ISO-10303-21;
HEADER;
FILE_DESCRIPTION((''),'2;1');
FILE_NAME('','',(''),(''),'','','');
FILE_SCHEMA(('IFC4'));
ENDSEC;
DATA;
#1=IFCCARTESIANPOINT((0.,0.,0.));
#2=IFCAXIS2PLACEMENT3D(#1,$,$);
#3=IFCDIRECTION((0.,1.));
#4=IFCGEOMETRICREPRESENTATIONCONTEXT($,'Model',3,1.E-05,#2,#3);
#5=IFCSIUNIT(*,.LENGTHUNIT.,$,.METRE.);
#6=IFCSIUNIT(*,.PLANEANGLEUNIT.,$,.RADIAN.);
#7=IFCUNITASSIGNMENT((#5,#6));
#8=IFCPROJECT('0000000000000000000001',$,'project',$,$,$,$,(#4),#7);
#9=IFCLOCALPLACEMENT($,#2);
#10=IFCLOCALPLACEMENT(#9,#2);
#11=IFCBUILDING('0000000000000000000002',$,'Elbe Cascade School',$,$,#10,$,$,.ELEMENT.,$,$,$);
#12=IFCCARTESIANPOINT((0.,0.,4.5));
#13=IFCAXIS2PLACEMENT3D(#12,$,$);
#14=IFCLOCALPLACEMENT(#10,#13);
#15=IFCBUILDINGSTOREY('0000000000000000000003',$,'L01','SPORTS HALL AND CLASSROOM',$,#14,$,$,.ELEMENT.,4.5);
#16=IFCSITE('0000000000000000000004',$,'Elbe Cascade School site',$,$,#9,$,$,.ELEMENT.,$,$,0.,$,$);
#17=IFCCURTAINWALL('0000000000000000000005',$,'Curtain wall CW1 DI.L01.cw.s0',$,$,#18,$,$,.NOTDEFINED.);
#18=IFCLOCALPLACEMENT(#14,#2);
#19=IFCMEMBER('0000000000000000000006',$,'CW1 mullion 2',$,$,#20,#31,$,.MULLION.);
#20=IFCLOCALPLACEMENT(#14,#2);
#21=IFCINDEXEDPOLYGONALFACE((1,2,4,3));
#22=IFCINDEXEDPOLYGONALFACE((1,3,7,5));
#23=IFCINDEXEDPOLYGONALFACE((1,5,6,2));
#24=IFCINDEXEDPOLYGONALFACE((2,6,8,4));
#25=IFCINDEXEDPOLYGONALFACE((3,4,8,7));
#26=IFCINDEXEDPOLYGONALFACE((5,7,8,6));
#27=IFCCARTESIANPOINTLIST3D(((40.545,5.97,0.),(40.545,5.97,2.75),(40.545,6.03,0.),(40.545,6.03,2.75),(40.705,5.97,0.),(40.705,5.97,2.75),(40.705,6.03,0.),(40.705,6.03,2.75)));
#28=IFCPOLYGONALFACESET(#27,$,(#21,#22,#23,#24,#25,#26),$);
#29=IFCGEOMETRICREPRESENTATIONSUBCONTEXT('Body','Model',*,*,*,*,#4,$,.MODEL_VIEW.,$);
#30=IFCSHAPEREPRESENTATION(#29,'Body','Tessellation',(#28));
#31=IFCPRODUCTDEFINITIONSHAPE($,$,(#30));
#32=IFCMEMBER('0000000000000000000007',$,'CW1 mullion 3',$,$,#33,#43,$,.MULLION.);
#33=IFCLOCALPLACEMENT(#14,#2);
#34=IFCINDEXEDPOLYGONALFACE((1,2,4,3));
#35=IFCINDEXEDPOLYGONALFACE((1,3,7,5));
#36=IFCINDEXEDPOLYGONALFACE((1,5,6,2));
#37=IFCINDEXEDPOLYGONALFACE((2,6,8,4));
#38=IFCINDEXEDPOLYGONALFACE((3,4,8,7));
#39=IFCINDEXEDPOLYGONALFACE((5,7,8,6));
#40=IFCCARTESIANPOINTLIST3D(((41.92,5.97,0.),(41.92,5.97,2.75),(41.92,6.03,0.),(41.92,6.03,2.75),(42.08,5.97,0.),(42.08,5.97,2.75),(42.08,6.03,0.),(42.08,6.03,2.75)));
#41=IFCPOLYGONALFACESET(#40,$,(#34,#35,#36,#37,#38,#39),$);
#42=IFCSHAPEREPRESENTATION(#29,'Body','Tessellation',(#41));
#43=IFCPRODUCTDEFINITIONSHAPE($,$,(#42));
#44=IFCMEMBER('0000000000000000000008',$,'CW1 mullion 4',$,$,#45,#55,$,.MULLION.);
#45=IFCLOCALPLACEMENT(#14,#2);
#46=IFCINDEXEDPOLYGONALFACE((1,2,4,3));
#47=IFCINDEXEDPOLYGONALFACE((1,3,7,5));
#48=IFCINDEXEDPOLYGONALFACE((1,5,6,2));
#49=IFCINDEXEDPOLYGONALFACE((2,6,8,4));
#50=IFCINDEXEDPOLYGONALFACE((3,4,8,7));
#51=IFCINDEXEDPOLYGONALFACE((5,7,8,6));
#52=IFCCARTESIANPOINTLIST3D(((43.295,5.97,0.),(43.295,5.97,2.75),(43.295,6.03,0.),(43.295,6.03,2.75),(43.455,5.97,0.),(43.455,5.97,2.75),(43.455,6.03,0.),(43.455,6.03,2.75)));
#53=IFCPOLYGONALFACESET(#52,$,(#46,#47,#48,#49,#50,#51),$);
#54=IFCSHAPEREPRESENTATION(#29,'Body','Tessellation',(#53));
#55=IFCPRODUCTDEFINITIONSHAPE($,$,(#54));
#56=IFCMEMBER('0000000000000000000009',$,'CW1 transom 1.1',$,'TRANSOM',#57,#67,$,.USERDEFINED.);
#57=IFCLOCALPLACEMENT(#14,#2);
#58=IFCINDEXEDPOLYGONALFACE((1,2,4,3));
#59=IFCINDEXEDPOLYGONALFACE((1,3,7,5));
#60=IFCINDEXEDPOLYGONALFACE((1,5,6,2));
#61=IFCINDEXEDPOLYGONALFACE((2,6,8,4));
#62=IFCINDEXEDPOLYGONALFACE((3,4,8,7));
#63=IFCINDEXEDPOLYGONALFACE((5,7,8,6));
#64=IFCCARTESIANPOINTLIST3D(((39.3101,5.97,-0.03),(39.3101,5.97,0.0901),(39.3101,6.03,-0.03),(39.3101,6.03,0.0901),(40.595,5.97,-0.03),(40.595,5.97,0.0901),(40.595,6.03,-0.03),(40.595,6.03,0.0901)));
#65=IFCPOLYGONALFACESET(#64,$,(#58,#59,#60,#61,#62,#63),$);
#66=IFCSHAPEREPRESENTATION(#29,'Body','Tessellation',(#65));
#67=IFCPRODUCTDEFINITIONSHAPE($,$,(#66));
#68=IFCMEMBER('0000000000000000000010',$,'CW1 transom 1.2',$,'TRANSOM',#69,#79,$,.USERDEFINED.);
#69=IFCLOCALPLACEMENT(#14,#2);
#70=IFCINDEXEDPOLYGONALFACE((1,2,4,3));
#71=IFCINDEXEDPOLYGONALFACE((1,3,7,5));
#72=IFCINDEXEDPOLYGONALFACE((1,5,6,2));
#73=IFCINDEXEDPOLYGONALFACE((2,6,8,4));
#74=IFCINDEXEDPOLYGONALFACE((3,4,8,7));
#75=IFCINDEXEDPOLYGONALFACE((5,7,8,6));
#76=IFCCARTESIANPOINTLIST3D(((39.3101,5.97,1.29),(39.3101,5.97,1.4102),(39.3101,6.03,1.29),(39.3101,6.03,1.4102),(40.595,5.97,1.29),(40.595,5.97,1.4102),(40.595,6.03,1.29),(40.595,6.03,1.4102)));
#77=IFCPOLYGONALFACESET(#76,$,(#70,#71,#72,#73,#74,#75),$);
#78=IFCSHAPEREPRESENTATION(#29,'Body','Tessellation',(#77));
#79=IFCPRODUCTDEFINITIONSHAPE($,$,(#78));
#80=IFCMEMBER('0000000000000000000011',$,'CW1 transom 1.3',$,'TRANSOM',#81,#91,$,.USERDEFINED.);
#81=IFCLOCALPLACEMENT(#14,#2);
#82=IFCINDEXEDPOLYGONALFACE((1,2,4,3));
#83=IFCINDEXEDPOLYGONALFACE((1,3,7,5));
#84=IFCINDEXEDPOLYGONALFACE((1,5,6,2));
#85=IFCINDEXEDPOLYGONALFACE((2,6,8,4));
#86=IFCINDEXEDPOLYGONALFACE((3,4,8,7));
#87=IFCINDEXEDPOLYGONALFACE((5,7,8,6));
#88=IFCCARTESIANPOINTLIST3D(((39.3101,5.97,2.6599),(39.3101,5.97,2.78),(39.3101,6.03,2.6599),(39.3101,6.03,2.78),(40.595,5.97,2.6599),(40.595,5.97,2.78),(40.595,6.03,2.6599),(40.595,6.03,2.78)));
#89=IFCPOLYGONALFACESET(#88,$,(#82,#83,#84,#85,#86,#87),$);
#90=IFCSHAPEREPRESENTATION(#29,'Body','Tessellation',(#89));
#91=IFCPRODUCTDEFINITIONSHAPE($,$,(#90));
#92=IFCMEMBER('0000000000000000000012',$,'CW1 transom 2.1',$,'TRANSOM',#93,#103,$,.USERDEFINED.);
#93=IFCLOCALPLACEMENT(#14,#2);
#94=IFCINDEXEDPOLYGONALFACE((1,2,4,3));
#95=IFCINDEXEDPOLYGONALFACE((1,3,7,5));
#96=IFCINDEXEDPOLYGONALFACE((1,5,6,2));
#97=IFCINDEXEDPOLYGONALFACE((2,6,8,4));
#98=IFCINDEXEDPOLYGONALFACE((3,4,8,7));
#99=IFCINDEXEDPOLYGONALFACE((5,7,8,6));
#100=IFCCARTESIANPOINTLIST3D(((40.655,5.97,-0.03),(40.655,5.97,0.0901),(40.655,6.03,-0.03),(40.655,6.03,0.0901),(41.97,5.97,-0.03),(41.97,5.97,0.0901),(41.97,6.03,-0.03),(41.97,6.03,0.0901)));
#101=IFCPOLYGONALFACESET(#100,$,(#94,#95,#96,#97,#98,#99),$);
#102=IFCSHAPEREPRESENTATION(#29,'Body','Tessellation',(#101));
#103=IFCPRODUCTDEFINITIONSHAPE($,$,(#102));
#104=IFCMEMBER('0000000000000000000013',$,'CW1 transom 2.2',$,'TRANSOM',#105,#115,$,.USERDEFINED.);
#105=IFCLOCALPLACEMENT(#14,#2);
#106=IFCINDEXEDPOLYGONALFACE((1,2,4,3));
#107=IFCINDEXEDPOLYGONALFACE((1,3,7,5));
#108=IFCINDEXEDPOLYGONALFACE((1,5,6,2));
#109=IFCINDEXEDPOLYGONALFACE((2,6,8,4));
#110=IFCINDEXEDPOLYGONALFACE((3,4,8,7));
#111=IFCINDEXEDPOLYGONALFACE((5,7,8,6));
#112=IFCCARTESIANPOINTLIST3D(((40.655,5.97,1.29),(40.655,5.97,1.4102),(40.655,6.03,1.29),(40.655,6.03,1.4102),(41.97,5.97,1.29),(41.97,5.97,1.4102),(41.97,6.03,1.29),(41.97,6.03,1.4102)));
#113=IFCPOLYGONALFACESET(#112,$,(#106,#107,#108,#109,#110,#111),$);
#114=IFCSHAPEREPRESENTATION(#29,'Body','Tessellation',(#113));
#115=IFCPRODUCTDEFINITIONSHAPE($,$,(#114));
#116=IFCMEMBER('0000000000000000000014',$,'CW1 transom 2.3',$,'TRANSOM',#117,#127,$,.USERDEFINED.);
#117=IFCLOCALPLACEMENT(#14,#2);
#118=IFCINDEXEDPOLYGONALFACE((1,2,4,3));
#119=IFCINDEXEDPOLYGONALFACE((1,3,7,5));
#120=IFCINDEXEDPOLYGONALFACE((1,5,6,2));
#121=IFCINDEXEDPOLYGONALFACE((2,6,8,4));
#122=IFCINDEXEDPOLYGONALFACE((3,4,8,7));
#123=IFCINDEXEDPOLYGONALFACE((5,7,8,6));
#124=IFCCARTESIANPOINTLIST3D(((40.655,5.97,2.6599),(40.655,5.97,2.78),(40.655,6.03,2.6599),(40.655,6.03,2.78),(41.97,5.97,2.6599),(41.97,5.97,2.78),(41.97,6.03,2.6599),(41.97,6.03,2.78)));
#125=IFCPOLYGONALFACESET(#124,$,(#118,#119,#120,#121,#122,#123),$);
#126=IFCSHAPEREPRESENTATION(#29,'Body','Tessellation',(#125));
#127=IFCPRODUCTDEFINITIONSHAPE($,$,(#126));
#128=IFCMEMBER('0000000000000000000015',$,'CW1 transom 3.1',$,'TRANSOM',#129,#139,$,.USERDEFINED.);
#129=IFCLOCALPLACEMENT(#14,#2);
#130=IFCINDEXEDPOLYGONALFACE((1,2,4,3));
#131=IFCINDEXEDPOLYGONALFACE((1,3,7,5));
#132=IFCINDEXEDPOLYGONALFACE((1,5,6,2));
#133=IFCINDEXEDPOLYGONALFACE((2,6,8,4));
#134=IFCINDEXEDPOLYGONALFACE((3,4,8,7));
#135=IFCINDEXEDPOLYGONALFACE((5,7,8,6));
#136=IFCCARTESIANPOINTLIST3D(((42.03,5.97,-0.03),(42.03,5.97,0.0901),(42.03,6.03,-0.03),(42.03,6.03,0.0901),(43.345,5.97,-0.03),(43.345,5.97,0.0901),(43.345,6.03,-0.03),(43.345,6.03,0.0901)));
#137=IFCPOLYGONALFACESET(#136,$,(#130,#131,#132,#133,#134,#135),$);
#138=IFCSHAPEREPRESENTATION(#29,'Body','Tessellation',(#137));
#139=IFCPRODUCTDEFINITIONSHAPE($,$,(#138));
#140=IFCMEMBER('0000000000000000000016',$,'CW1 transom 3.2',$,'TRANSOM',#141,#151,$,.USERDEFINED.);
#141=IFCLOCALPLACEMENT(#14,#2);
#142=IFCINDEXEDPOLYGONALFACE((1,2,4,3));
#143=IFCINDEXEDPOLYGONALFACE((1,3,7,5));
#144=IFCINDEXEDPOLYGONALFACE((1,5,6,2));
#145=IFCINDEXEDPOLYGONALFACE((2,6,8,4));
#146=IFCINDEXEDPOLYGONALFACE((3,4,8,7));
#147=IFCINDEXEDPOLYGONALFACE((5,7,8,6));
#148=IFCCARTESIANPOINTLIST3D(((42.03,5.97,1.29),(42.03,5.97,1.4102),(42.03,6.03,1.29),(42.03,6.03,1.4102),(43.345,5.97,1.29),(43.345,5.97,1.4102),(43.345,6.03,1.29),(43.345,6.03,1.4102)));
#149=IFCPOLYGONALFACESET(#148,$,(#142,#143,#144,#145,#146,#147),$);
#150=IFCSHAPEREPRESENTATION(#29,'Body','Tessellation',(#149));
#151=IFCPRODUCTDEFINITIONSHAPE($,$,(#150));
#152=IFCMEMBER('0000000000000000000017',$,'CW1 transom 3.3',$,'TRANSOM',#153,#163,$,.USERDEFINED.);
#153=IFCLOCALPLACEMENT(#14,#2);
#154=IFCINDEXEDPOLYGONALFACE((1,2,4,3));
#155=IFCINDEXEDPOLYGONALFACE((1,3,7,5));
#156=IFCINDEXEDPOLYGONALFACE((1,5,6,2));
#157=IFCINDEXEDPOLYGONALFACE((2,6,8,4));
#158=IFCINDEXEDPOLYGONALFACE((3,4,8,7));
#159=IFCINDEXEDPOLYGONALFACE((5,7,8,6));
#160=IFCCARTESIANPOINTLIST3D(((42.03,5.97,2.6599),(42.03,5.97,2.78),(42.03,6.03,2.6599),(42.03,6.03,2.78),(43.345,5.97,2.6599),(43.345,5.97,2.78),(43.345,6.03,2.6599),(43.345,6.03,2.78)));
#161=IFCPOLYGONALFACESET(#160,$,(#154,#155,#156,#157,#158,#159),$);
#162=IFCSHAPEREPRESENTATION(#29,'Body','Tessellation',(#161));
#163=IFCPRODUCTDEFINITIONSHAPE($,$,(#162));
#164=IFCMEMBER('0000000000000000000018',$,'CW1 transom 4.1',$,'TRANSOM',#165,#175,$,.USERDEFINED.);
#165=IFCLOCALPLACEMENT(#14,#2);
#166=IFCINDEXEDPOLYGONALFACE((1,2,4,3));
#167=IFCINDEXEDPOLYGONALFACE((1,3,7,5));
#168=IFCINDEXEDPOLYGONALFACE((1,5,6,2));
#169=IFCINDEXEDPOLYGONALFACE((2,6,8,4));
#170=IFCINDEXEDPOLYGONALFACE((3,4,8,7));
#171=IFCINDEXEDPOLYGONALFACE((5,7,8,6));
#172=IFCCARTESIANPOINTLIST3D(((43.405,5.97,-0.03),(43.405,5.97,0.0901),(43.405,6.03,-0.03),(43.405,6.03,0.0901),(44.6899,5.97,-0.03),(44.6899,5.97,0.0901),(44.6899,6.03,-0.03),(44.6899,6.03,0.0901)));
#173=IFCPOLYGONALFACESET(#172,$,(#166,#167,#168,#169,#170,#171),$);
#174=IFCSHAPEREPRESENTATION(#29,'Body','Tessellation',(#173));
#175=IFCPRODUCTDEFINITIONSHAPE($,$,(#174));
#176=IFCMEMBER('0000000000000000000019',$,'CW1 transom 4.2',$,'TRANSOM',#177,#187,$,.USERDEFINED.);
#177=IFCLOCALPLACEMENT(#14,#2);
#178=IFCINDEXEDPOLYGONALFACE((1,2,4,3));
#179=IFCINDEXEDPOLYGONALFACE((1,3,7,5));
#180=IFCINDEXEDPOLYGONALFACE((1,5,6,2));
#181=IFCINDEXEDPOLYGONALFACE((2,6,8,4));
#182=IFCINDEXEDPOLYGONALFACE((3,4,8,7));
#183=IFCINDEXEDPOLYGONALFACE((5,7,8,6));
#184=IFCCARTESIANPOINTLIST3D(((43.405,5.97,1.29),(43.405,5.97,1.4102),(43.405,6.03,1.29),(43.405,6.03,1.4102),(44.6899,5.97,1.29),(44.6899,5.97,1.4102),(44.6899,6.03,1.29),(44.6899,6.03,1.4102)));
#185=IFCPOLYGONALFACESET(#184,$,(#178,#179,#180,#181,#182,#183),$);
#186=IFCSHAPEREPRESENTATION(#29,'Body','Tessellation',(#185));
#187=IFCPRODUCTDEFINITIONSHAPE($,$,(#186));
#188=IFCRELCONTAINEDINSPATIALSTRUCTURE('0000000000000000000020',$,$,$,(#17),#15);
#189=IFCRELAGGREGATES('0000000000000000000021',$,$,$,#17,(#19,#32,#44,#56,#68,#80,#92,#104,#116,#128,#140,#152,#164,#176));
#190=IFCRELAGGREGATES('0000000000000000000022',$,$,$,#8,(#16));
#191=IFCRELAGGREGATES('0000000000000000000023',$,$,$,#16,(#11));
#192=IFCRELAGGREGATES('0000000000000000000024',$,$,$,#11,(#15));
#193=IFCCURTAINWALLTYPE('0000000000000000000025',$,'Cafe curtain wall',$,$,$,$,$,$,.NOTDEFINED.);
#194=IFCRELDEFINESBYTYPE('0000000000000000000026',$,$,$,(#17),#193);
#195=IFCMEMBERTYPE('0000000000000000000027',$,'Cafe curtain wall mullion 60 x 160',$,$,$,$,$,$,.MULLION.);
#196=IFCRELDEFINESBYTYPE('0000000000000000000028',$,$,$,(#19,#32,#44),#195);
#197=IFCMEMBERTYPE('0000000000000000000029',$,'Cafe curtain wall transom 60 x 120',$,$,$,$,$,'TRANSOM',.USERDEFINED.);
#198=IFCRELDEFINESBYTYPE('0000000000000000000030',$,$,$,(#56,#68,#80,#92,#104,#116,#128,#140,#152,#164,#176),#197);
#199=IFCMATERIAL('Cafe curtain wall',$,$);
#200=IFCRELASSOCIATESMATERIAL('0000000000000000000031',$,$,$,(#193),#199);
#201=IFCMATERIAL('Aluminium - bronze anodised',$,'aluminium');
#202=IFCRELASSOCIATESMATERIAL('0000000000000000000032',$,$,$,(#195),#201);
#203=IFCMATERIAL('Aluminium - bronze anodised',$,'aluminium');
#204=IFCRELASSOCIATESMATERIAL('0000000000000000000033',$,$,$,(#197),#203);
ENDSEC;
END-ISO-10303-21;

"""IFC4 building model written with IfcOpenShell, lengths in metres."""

from ifc_helpers import new_model, si_unit, direction, frame, origin, origin_2d, place, context, subcontext, project, spatial, rectangle, extrude, material, material_profile, profile_set, type_object, element, aggregate, save


model = new_model("IFC4")

# Units and contexts
model_context = context("Model", 3, precision=1e-05, world=origin(), true_north=direction((0.0, 1.0)))
body_context = subcontext(model_context, "Body", "Model", "MODEL_VIEW")
ifc_project = project(units=[si_unit("LENGTHUNIT", "METRE"), si_unit("PLANEANGLEUNIT", "RADIAN")], contexts=[model_context])

# Site, building, storey
site_placement = place(None, origin())
site = spatial("IfcSite", under=ifc_project, at=site_placement, Name="Elbe Cascade School site", CompositionType="ELEMENT", RefElevation=0.0)
building_placement = place(site_placement, origin())
building = spatial("IfcBuilding", under=site, at=building_placement, Name="Elbe Cascade School", CompositionType="ELEMENT")
storey_placement = place(building_placement, frame((0.0, 0.0, 4.5)))
storey = spatial("IfcBuildingStorey", under=building, at=storey_placement, Name="L01", Description="SPORTS HALL AND CLASSROOM", CompositionType="ELEMENT", Elevation=4.5)

# Curtain wall, members
ifc_material_1 = material(Name="Cafe curtain wall")
curtain_wall_type = type_object("IfcCurtainWallType", Name="Cafe curtain wall", PredefinedType="NOTDEFINED", material=ifc_material_1)
curtain_wall_placement = place(storey_placement, origin())
curtain_wall = element("IfcCurtainWall", 1, at=curtain_wall_placement, inside=storey, type_object=curtain_wall_type, Name="Curtain wall CW1 DI.L01.cw.s0", PredefinedType="NOTDEFINED")
ifc_material_2 = material(Name="Aluminium - bronze anodised", Category="aluminium")
ifc_material_profile_1 = material_profile(ifc_material_2, rectangle(XDim=0.0601, YDim=0.1599, at=origin_2d()), Name="RECT 60x160")
ifc_profile_set_1 = profile_set([ifc_material_profile_1], Name="Aluminium - bronze anodised")
member_type_1 = type_object("IfcMemberType", Name="Cafe curtain wall mullion 60 x 160", PredefinedType="MULLION", material=ifc_profile_set_1)
member_1_placement = place(storey_placement, frame((40.625, 6.0, 0.0), z_axis=(0.0, 0.0, 1.0), x_axis=(0.0, 1.0, 0.0)))
member_1 = element("IfcMember", 2, at=member_1_placement, type_object=member_type_1, Name="CW1 mullion 2", PredefinedType="MULLION", context=body_context, shape_type="SweptSolid", body=[
    extrude(rectangle(XDim=0.0601, YDim=0.1599, at=origin_2d()), origin(), (0.0, 0.0, 1.0), 2.75),
])
member_2_placement = place(storey_placement, frame((42.0, 6.0, 0.0), z_axis=(0.0, 0.0, 1.0), x_axis=(0.0, 1.0, 0.0)))
member_2 = element("IfcMember", 3, at=member_2_placement, type_object=member_type_1, Name="CW1 mullion 3", PredefinedType="MULLION", context=body_context, shape_type="SweptSolid", body=[
    extrude(rectangle(XDim=0.0601, YDim=0.1599, at=origin_2d()), origin(), (0.0, 0.0, 1.0), 2.75),
])
member_3_placement = place(storey_placement, frame((43.375, 6.0, 0.0), z_axis=(0.0, 0.0, 1.0), x_axis=(0.0, 1.0, 0.0)))
member_3 = element("IfcMember", 4, at=member_3_placement, type_object=member_type_1, Name="CW1 mullion 4", PredefinedType="MULLION", context=body_context, shape_type="SweptSolid", body=[
    extrude(rectangle(XDim=0.0601, YDim=0.1599, at=origin_2d()), origin(), (0.0, 0.0, 1.0), 2.75),
])
ifc_material_3 = material(Name="Aluminium - bronze anodised", Category="aluminium")
ifc_material_profile_2 = material_profile(ifc_material_3, rectangle(XDim=0.0601, YDim=0.1201, at=origin_2d()), Name="RECT 60x120")
ifc_profile_set_2 = profile_set([ifc_material_profile_2], Name="Aluminium - bronze anodised")
member_type_2 = type_object("IfcMemberType", Name="Cafe curtain wall transom 60 x 120", ElementType="TRANSOM", PredefinedType="USERDEFINED", material=ifc_profile_set_2)
member_4_placement = place(storey_placement, frame((39.3101, 6.0, 0.03), z_axis=(1.0, 0.0, 0.0), x_axis=(0.0, 1.0, 0.0)))
member_4 = element("IfcMember", 5, at=member_4_placement, type_object=member_type_2, Name="CW1 transom 1.1", ObjectType="TRANSOM", PredefinedType="USERDEFINED", context=body_context, shape_type="SweptSolid", body=[
    extrude(rectangle(XDim=0.0601, YDim=0.1201, at=origin_2d()), origin(), (0.0, 0.0, 1.0), 1.2849),
])
member_5_placement = place(storey_placement, frame((39.3101, 6.0, 1.3501), z_axis=(1.0, 0.0, 0.0), x_axis=(0.0, 1.0, 0.0)))
member_5 = element("IfcMember", 6, at=member_5_placement, type_object=member_type_2, Name="CW1 transom 1.2", ObjectType="TRANSOM", PredefinedType="USERDEFINED", context=body_context, shape_type="SweptSolid", body=[
    extrude(rectangle(XDim=0.0601, YDim=0.1201, at=origin_2d()), origin(), (0.0, 0.0, 1.0), 1.2849),
])
member_6_placement = place(storey_placement, frame((39.3101, 6.0, 2.72), z_axis=(1.0, 0.0, 0.0), x_axis=(0.0, 1.0, 0.0)))
member_6 = element("IfcMember", 7, at=member_6_placement, type_object=member_type_2, Name="CW1 transom 1.3", ObjectType="TRANSOM", PredefinedType="USERDEFINED", context=body_context, shape_type="SweptSolid", body=[
    extrude(rectangle(XDim=0.0601, YDim=0.1201, at=origin_2d()), origin(), (0.0, 0.0, 1.0), 1.2849),
])
member_7_placement = place(storey_placement, frame((40.655, 6.0, 0.03), z_axis=(1.0, 0.0, 0.0), x_axis=(0.0, 1.0, 0.0)))
member_7 = element("IfcMember", 8, at=member_7_placement, type_object=member_type_2, Name="CW1 transom 2.1", ObjectType="TRANSOM", PredefinedType="USERDEFINED", context=body_context, shape_type="SweptSolid", body=[
    extrude(rectangle(XDim=0.0601, YDim=0.1201, at=origin_2d()), origin(), (0.0, 0.0, 1.0), 1.3149),
])
member_8_placement = place(storey_placement, frame((40.655, 6.0, 1.3501), z_axis=(1.0, 0.0, 0.0), x_axis=(0.0, 1.0, 0.0)))
member_8 = element("IfcMember", 9, at=member_8_placement, type_object=member_type_2, Name="CW1 transom 2.2", ObjectType="TRANSOM", PredefinedType="USERDEFINED", context=body_context, shape_type="SweptSolid", body=[
    extrude(rectangle(XDim=0.0601, YDim=0.1201, at=origin_2d()), origin(), (0.0, 0.0, 1.0), 1.3149),
])
member_9_placement = place(storey_placement, frame((40.655, 6.0, 2.72), z_axis=(1.0, 0.0, 0.0), x_axis=(0.0, 1.0, 0.0)))
member_9 = element("IfcMember", 10, at=member_9_placement, type_object=member_type_2, Name="CW1 transom 2.3", ObjectType="TRANSOM", PredefinedType="USERDEFINED", context=body_context, shape_type="SweptSolid", body=[
    extrude(rectangle(XDim=0.0601, YDim=0.1201, at=origin_2d()), origin(), (0.0, 0.0, 1.0), 1.3149),
])
member_10_placement = place(storey_placement, frame((42.03, 6.0, 0.03), z_axis=(1.0, 0.0, 0.0), x_axis=(0.0, 1.0, 0.0)))
member_10 = element("IfcMember", 11, at=member_10_placement, type_object=member_type_2, Name="CW1 transom 3.1", ObjectType="TRANSOM", PredefinedType="USERDEFINED", context=body_context, shape_type="SweptSolid", body=[
    extrude(rectangle(XDim=0.0601, YDim=0.1201, at=origin_2d()), origin(), (0.0, 0.0, 1.0), 1.3149),
])
member_11_placement = place(storey_placement, frame((42.03, 6.0, 1.3501), z_axis=(1.0, 0.0, 0.0), x_axis=(0.0, 1.0, 0.0)))
member_11 = element("IfcMember", 12, at=member_11_placement, type_object=member_type_2, Name="CW1 transom 3.2", ObjectType="TRANSOM", PredefinedType="USERDEFINED", context=body_context, shape_type="SweptSolid", body=[
    extrude(rectangle(XDim=0.0601, YDim=0.1201, at=origin_2d()), origin(), (0.0, 0.0, 1.0), 1.3149),
])
member_12_placement = place(storey_placement, frame((42.03, 6.0, 2.72), z_axis=(1.0, 0.0, 0.0), x_axis=(0.0, 1.0, 0.0)))
member_12 = element("IfcMember", 13, at=member_12_placement, type_object=member_type_2, Name="CW1 transom 3.3", ObjectType="TRANSOM", PredefinedType="USERDEFINED", context=body_context, shape_type="SweptSolid", body=[
    extrude(rectangle(XDim=0.0601, YDim=0.1201, at=origin_2d()), origin(), (0.0, 0.0, 1.0), 1.3149),
])
member_13_placement = place(storey_placement, frame((43.405, 6.0, 0.03), z_axis=(1.0, 0.0, 0.0), x_axis=(0.0, 1.0, 0.0)))
member_13 = element("IfcMember", 14, at=member_13_placement, type_object=member_type_2, Name="CW1 transom 4.1", ObjectType="TRANSOM", PredefinedType="USERDEFINED", context=body_context, shape_type="SweptSolid", body=[
    extrude(rectangle(XDim=0.0601, YDim=0.1201, at=origin_2d()), origin(), (0.0, 0.0, 1.0), 1.2849),
])
member_14_placement = place(storey_placement, frame((43.405, 6.0, 1.3501), z_axis=(1.0, 0.0, 0.0), x_axis=(0.0, 1.0, 0.0)))
member_14 = element("IfcMember", 15, at=member_14_placement, type_object=member_type_2, Name="CW1 transom 4.2", ObjectType="TRANSOM", PredefinedType="USERDEFINED", context=body_context, shape_type="SweptSolid", body=[
    extrude(rectangle(XDim=0.0601, YDim=0.1201, at=origin_2d()), origin(), (0.0, 0.0, 1.0), 1.2849),
])
aggregate(curtain_wall, [member_1, member_2, member_3, member_4, member_5, member_6, member_7, member_8, member_9, member_10, member_11, member_12, member_13, member_14])

save(model, "model.ifc")
